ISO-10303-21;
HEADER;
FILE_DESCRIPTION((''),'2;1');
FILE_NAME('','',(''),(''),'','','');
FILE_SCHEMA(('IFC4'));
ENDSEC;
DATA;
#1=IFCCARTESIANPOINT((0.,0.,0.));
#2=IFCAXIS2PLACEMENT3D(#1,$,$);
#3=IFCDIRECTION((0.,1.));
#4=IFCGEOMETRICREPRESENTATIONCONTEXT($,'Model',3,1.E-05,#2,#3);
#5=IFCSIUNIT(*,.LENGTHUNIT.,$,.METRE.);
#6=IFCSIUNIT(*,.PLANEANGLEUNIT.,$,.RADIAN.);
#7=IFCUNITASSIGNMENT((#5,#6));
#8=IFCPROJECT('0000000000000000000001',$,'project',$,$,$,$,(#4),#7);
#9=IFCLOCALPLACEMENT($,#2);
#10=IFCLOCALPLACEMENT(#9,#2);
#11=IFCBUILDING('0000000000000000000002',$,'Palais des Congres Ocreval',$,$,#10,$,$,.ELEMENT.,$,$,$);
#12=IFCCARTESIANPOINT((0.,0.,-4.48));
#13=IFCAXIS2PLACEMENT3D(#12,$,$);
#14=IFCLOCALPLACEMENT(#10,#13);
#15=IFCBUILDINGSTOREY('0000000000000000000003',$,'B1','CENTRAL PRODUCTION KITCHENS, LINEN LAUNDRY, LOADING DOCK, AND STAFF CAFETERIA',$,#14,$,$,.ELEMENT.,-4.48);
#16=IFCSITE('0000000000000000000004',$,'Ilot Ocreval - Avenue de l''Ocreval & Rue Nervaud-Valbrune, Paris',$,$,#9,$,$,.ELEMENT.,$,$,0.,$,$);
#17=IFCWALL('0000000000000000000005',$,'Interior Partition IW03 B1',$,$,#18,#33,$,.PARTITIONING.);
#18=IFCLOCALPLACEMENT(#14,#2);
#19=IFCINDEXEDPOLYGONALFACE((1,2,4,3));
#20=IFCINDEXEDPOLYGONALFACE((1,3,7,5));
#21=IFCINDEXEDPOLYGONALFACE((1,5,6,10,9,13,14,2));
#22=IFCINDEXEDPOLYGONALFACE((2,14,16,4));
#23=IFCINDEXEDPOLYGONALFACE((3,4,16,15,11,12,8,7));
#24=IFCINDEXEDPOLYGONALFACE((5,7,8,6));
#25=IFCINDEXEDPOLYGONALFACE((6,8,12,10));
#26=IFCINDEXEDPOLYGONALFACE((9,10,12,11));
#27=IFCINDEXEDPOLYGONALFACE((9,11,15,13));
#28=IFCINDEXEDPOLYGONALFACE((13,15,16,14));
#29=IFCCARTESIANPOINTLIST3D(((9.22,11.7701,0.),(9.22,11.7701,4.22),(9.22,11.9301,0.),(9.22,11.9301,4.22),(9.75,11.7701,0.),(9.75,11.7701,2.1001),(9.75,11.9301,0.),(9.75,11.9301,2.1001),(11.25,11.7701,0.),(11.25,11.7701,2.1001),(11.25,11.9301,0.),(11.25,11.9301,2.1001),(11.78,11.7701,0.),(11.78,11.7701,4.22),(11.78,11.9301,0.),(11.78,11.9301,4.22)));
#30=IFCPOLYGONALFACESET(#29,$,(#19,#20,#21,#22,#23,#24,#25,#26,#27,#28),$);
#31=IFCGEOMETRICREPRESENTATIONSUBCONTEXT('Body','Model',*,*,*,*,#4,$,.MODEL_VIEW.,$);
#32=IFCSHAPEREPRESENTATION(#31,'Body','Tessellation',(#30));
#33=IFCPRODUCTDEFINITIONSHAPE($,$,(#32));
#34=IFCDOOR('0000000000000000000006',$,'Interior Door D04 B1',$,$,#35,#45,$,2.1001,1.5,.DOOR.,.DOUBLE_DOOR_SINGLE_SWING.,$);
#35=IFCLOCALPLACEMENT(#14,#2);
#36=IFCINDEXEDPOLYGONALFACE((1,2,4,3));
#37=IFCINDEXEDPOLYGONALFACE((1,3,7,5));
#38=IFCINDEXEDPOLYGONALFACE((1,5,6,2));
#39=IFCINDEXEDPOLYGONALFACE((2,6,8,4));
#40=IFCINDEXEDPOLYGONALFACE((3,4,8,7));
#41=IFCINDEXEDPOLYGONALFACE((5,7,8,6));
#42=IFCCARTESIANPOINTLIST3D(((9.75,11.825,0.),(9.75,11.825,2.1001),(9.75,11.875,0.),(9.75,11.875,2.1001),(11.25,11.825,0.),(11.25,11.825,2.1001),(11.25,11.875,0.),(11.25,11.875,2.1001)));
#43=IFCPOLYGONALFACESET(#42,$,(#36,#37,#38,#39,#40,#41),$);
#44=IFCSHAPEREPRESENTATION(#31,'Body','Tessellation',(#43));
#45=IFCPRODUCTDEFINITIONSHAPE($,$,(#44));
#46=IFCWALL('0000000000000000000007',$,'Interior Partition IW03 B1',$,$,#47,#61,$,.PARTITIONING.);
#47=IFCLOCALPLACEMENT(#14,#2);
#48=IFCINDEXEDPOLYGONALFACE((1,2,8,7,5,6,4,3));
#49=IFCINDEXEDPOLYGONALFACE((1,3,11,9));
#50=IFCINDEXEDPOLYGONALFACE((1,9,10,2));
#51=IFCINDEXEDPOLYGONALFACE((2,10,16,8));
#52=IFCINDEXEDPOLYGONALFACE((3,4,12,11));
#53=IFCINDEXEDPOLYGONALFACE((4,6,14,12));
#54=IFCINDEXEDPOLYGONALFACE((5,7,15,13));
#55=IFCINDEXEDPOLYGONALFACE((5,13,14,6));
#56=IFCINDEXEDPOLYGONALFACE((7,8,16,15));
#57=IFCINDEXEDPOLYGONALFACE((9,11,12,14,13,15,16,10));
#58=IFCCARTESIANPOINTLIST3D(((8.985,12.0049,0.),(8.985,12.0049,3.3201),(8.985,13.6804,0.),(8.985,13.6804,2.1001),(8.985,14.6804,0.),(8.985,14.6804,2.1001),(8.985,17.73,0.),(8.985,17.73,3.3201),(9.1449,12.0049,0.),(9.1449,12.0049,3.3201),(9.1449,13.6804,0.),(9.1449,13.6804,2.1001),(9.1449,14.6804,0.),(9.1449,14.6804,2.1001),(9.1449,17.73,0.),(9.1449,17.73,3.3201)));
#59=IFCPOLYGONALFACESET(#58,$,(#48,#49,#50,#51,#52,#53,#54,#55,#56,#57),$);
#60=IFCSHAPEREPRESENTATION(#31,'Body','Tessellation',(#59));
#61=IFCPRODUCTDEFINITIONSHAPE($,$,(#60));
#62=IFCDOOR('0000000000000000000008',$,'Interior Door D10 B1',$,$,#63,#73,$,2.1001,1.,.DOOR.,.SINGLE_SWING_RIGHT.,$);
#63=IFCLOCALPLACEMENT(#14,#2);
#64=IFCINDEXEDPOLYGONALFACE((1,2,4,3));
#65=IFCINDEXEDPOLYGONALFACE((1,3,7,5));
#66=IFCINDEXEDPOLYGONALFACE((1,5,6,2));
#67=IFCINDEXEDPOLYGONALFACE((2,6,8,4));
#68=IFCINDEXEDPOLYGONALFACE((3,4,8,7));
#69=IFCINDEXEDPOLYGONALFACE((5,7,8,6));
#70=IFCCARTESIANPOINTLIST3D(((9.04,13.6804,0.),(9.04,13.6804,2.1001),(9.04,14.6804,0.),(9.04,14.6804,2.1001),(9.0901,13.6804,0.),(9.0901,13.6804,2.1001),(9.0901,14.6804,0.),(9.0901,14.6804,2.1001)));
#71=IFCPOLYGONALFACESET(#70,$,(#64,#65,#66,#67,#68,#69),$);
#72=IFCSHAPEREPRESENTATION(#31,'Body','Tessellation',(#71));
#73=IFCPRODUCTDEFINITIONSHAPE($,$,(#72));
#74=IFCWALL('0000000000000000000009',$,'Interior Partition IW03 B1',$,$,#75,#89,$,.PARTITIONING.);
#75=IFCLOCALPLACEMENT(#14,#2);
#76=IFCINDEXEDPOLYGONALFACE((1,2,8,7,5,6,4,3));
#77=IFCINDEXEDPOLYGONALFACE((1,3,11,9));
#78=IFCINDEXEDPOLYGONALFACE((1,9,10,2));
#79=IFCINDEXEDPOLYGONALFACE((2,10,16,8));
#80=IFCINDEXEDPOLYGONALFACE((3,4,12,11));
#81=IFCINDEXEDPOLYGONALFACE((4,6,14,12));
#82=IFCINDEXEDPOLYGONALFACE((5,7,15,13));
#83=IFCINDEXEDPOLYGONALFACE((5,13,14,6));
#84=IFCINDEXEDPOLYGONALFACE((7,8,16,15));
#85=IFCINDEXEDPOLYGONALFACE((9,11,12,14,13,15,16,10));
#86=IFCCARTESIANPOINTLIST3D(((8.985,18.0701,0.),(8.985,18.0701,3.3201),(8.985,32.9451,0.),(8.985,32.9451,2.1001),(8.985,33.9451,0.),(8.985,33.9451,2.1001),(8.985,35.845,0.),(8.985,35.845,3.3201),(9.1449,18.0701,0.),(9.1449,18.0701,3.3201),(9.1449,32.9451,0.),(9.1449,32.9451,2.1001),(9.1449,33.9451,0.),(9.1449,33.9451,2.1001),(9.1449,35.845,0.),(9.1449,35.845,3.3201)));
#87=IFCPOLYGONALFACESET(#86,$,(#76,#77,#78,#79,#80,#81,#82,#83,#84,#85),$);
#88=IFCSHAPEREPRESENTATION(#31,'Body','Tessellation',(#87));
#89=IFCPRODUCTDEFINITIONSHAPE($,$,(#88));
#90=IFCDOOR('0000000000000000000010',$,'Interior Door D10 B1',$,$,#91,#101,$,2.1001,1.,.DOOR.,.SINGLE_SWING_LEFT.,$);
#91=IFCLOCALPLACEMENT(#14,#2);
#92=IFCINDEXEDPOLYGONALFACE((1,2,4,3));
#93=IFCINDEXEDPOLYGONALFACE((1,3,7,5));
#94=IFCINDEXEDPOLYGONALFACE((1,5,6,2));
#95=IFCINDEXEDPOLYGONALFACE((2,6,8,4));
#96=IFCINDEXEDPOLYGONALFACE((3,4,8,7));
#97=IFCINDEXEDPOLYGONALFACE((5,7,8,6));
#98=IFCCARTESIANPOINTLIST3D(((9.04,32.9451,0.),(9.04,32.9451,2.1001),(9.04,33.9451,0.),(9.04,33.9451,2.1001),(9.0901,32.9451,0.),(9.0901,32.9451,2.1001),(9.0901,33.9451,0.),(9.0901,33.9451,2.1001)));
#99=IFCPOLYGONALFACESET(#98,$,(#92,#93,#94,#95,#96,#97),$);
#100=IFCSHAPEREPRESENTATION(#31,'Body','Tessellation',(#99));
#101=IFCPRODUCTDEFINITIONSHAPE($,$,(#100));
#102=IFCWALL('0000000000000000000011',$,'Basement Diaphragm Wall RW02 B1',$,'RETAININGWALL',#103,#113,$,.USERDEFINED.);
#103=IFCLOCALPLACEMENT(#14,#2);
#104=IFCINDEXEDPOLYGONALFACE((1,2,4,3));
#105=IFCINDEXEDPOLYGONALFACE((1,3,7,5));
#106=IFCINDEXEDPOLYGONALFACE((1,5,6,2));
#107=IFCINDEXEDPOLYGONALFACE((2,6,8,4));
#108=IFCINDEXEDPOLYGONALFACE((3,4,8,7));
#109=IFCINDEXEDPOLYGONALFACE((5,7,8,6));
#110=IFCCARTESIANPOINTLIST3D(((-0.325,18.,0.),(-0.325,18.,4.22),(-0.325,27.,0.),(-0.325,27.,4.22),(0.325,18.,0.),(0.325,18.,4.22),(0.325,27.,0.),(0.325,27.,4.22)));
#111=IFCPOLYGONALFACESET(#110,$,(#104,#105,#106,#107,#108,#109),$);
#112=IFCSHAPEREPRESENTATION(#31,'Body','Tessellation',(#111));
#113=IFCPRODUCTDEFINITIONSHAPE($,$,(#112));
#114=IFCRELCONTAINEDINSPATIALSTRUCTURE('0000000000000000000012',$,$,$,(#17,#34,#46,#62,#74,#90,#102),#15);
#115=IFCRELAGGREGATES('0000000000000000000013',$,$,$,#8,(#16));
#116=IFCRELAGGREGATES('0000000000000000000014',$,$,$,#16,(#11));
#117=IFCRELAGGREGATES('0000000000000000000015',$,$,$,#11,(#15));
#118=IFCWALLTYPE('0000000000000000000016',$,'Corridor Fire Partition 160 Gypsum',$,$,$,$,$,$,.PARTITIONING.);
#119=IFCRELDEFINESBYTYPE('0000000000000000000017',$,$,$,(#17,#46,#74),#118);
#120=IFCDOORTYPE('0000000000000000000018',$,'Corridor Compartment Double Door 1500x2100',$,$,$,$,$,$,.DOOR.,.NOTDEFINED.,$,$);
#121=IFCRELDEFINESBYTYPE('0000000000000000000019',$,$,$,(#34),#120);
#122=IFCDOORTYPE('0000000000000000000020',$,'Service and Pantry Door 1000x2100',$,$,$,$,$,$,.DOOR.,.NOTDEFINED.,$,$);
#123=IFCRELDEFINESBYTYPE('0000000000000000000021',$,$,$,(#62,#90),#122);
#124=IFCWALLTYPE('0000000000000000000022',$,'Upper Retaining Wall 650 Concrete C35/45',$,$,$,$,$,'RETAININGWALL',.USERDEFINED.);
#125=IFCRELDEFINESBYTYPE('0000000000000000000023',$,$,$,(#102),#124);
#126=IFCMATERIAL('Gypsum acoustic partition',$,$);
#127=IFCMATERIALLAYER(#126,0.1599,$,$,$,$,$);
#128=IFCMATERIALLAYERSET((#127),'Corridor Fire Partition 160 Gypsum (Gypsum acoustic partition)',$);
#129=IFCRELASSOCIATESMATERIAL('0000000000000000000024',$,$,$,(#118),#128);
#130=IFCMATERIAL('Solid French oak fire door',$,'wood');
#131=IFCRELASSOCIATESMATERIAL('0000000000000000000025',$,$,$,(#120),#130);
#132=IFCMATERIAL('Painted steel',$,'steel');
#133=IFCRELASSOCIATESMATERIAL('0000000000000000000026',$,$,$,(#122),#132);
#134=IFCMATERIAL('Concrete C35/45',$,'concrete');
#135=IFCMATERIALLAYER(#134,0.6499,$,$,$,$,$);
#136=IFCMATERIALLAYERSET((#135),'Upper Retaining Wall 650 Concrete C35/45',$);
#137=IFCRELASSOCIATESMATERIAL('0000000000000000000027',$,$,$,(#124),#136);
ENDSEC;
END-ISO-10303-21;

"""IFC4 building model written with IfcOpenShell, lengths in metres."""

from ifc_helpers import new_model, si_unit, direction, frame, frame_2d, origin, place, context, subcontext, project, spatial, rectangle, extrude, material, layer, layer_set, type_object, element, fill, save


model = new_model("IFC4")

# Units and contexts
model_context = context("Model", 3, precision=1e-05, world=origin(), true_north=direction((0.0, 1.0)))
body_context = subcontext(model_context, "Body", "Model", "MODEL_VIEW")
ifc_project = project(units=[si_unit("LENGTHUNIT", "METRE"), si_unit("PLANEANGLEUNIT", "RADIAN")], contexts=[model_context])

# Site, building, storey
site_placement = place(None, origin())
site = spatial("IfcSite", under=ifc_project, at=site_placement, Name="Ilot Ocreval - Avenue de l'Ocreval & Rue Nervaud-Valbrune, Paris", CompositionType="ELEMENT", RefElevation=0.0)
building_placement = place(site_placement, origin())
building = spatial("IfcBuilding", under=site, at=building_placement, Name="Palais des Congres Ocreval", CompositionType="ELEMENT")
storey_placement = place(building_placement, frame((0.0, 0.0, -4.48)))
storey = spatial("IfcBuildingStorey", under=building, at=storey_placement, Name="B1", Description="CENTRAL PRODUCTION KITCHENS, LINEN LAUNDRY, LOADING DOCK, AND STAFF CAFETERIA", CompositionType="ELEMENT", Elevation=-4.48)

# Shared definitions
ifc_material_1 = material(Name="Concrete C35/45", Category="concrete")

# Shared definitions
ifc_material_2 = material(Name="Gypsum acoustic partition")
ifc_layer_1 = layer(ifc_material_2, 0.1599)
ifc_layer_set_1 = layer_set([ifc_layer_1], Name="Corridor Fire Partition 160 Gypsum (Gypsum acoustic partition)")
wall_type_1 = type_object("IfcWallType", Name="Corridor Fire Partition 160 Gypsum", PredefinedType="PARTITIONING", material=ifc_layer_set_1)

# Walls, openings, doors
wall_1_placement = place(storey_placement, frame((9.22, 11.8501, 0.0), z_axis=(0.0, 0.0, 1.0), x_axis=(1.0, 0.0, 0.0)))
wall_1 = element("IfcWall", 1, at=wall_1_placement, inside=storey, type_object=wall_type_1, Name="Interior Partition IW03 B1", PredefinedType="PARTITIONING", context=body_context, shape_type="SweptSolid", body=[
    extrude(rectangle(XDim=2.5601, YDim=0.1599, at=frame_2d((1.28, 0.0))), origin(), (0.0, 0.0, 1.0), 4.22),
])
opening_1_placement = place(wall_1_placement, frame((0.53, 0.0, 0.0)))
opening_1 = element("IfcOpeningElement", 2, at=opening_1_placement, cuts=wall_1, PredefinedType="OPENING", context=body_context, shape_type="SweptSolid", body=[
    extrude(rectangle(XDim=1.5, YDim=2.1001, at=frame_2d((0.75, 1.05))), frame((0.0, 0.0898, 0.0), z_axis=(0.0, -1.0, 0.0), x_axis=(1.0, 0.0, 0.0)), (0.0, 0.0, 1.0), 0.1799),
])
ifc_material_3 = material(Name="Solid French oak fire door", Category="wood")
door_type_1 = type_object("IfcDoorType", Name="Corridor Compartment Double Door 1500x2100", OperationType="NOTDEFINED", PredefinedType="DOOR", material=ifc_material_3)
door_1_placement = place(opening_1_placement, origin())
door_1 = element("IfcDoor", 3, at=door_1_placement, inside=storey, type_object=door_type_1, Name="Interior Door D04 B1", OperationType="DOUBLE_DOOR_SINGLE_SWING", OverallHeight=2.1001, OverallWidth=1.5, PredefinedType="DOOR", context=body_context, shape_type="SweptSolid", body=[
    extrude(rectangle(XDim=1.5, YDim=2.1001, at=frame_2d((0.75, 1.05))), frame((0.0, 0.0249, 0.0), z_axis=(0.0, -1.0, 0.0), x_axis=(1.0, 0.0, 0.0)), (0.0, 0.0, 1.0), 0.05),
])
fill(opening_1, door_1)
wall_2_placement = place(storey_placement, frame((9.0649, 12.0049, 0.0), z_axis=(0.0, 0.0, 1.0), x_axis=(0.0, 1.0, 0.0)))
wall_2 = element("IfcWall", 4, at=wall_2_placement, inside=storey, type_object=wall_type_1, Name="Interior Partition IW03 B1", PredefinedType="PARTITIONING", context=body_context, shape_type="SweptSolid", body=[
    extrude(rectangle(XDim=5.7251, YDim=0.1599, at=frame_2d((2.8625, 0.0))), origin(), (0.0, 0.0, 1.0), 3.3201),
])
opening_2_placement = place(wall_2_placement, frame((1.6755, 0.0, 0.0)))
opening_2 = element("IfcOpeningElement", 5, at=opening_2_placement, cuts=wall_2, PredefinedType="OPENING", context=body_context, shape_type="SweptSolid", body=[
    extrude(rectangle(XDim=1.0, YDim=2.1001, at=frame_2d((0.5, 1.05))), frame((0.0, 0.0898, 0.0), z_axis=(0.0, -1.0, 0.0), x_axis=(1.0, 0.0, 0.0)), (0.0, 0.0, 1.0), 0.1799),
])
ifc_material_4 = material(Name="Painted steel", Category="steel")
door_type_2 = type_object("IfcDoorType", Name="Service and Pantry Door 1000x2100", OperationType="NOTDEFINED", PredefinedType="DOOR", material=ifc_material_4)
door_2_placement = place(opening_2_placement, origin())
door_2 = element("IfcDoor", 6, at=door_2_placement, inside=storey, type_object=door_type_2, Name="Interior Door D10 B1", OperationType="SINGLE_SWING_RIGHT", OverallHeight=2.1001, OverallWidth=1.0, PredefinedType="DOOR", context=body_context, shape_type="SweptSolid", body=[
    extrude(rectangle(XDim=1.0, YDim=2.1001, at=frame_2d((0.5, 1.05))), frame((0.0, 0.0249, 0.0), z_axis=(0.0, -1.0, 0.0), x_axis=(1.0, 0.0, 0.0)), (0.0, 0.0, 1.0), 0.05),
])
fill(opening_2, door_2)
wall_3_placement = place(storey_placement, frame((9.0649, 18.0701, 0.0), z_axis=(0.0, 0.0, 1.0), x_axis=(0.0, 1.0, 0.0)))
wall_3 = element("IfcWall", 7, at=wall_3_placement, inside=storey, type_object=wall_type_1, Name="Interior Partition IW03 B1", PredefinedType="PARTITIONING", context=body_context, shape_type="SweptSolid", body=[
    extrude(rectangle(XDim=17.7749, YDim=0.1599, at=frame_2d((8.8875, 0.0))), origin(), (0.0, 0.0, 1.0), 3.3201),
])
opening_3_placement = place(wall_3_placement, frame((14.875, 0.0, 0.0)))
opening_3 = element("IfcOpeningElement", 8, at=opening_3_placement, cuts=wall_3, PredefinedType="OPENING", context=body_context, shape_type="SweptSolid", body=[
    extrude(rectangle(XDim=1.0, YDim=2.1001, at=frame_2d((0.5, 1.05))), frame((0.0, 0.0898, 0.0), z_axis=(0.0, -1.0, 0.0), x_axis=(1.0, 0.0, 0.0)), (0.0, 0.0, 1.0), 0.1799),
])
door_3_placement = place(opening_3_placement, origin())
door_3 = element("IfcDoor", 9, at=door_3_placement, inside=storey, type_object=door_type_2, Name="Interior Door D10 B1", OperationType="SINGLE_SWING_LEFT", OverallHeight=2.1001, OverallWidth=1.0, PredefinedType="DOOR", context=body_context, shape_type="SweptSolid", body=[
    extrude(rectangle(XDim=1.0, YDim=2.1001, at=frame_2d((0.5, 1.05))), frame((0.0, 0.0249, 0.0), z_axis=(0.0, -1.0, 0.0), x_axis=(1.0, 0.0, 0.0)), (0.0, 0.0, 1.0), 0.05),
])
fill(opening_3, door_3)

# Wall
ifc_layer_2 = layer(ifc_material_1, 0.6499)
ifc_layer_set_2 = layer_set([ifc_layer_2], Name="Upper Retaining Wall 650 Concrete C35/45")
wall_type_2 = type_object("IfcWallType", Name="Upper Retaining Wall 650 Concrete C35/45", ElementType="RETAININGWALL", PredefinedType="USERDEFINED", material=ifc_layer_set_2)
wall_4_placement = place(storey_placement, frame((0.0, 18.0, 0.0), z_axis=(0.0, 0.0, 1.0), x_axis=(0.0, 1.0, 0.0)))
element("IfcWall", 10, at=wall_4_placement, inside=storey, type_object=wall_type_2, Name="Basement Diaphragm Wall RW02 B1", ObjectType="RETAININGWALL", PredefinedType="USERDEFINED", context=body_context, shape_type="SweptSolid", body=[
    extrude(rectangle(XDim=9.0, YDim=0.6499, at=frame_2d((4.5, 0.0))), origin(), (0.0, 0.0, 1.0), 4.22),
])

save(model, "model.ifc")
